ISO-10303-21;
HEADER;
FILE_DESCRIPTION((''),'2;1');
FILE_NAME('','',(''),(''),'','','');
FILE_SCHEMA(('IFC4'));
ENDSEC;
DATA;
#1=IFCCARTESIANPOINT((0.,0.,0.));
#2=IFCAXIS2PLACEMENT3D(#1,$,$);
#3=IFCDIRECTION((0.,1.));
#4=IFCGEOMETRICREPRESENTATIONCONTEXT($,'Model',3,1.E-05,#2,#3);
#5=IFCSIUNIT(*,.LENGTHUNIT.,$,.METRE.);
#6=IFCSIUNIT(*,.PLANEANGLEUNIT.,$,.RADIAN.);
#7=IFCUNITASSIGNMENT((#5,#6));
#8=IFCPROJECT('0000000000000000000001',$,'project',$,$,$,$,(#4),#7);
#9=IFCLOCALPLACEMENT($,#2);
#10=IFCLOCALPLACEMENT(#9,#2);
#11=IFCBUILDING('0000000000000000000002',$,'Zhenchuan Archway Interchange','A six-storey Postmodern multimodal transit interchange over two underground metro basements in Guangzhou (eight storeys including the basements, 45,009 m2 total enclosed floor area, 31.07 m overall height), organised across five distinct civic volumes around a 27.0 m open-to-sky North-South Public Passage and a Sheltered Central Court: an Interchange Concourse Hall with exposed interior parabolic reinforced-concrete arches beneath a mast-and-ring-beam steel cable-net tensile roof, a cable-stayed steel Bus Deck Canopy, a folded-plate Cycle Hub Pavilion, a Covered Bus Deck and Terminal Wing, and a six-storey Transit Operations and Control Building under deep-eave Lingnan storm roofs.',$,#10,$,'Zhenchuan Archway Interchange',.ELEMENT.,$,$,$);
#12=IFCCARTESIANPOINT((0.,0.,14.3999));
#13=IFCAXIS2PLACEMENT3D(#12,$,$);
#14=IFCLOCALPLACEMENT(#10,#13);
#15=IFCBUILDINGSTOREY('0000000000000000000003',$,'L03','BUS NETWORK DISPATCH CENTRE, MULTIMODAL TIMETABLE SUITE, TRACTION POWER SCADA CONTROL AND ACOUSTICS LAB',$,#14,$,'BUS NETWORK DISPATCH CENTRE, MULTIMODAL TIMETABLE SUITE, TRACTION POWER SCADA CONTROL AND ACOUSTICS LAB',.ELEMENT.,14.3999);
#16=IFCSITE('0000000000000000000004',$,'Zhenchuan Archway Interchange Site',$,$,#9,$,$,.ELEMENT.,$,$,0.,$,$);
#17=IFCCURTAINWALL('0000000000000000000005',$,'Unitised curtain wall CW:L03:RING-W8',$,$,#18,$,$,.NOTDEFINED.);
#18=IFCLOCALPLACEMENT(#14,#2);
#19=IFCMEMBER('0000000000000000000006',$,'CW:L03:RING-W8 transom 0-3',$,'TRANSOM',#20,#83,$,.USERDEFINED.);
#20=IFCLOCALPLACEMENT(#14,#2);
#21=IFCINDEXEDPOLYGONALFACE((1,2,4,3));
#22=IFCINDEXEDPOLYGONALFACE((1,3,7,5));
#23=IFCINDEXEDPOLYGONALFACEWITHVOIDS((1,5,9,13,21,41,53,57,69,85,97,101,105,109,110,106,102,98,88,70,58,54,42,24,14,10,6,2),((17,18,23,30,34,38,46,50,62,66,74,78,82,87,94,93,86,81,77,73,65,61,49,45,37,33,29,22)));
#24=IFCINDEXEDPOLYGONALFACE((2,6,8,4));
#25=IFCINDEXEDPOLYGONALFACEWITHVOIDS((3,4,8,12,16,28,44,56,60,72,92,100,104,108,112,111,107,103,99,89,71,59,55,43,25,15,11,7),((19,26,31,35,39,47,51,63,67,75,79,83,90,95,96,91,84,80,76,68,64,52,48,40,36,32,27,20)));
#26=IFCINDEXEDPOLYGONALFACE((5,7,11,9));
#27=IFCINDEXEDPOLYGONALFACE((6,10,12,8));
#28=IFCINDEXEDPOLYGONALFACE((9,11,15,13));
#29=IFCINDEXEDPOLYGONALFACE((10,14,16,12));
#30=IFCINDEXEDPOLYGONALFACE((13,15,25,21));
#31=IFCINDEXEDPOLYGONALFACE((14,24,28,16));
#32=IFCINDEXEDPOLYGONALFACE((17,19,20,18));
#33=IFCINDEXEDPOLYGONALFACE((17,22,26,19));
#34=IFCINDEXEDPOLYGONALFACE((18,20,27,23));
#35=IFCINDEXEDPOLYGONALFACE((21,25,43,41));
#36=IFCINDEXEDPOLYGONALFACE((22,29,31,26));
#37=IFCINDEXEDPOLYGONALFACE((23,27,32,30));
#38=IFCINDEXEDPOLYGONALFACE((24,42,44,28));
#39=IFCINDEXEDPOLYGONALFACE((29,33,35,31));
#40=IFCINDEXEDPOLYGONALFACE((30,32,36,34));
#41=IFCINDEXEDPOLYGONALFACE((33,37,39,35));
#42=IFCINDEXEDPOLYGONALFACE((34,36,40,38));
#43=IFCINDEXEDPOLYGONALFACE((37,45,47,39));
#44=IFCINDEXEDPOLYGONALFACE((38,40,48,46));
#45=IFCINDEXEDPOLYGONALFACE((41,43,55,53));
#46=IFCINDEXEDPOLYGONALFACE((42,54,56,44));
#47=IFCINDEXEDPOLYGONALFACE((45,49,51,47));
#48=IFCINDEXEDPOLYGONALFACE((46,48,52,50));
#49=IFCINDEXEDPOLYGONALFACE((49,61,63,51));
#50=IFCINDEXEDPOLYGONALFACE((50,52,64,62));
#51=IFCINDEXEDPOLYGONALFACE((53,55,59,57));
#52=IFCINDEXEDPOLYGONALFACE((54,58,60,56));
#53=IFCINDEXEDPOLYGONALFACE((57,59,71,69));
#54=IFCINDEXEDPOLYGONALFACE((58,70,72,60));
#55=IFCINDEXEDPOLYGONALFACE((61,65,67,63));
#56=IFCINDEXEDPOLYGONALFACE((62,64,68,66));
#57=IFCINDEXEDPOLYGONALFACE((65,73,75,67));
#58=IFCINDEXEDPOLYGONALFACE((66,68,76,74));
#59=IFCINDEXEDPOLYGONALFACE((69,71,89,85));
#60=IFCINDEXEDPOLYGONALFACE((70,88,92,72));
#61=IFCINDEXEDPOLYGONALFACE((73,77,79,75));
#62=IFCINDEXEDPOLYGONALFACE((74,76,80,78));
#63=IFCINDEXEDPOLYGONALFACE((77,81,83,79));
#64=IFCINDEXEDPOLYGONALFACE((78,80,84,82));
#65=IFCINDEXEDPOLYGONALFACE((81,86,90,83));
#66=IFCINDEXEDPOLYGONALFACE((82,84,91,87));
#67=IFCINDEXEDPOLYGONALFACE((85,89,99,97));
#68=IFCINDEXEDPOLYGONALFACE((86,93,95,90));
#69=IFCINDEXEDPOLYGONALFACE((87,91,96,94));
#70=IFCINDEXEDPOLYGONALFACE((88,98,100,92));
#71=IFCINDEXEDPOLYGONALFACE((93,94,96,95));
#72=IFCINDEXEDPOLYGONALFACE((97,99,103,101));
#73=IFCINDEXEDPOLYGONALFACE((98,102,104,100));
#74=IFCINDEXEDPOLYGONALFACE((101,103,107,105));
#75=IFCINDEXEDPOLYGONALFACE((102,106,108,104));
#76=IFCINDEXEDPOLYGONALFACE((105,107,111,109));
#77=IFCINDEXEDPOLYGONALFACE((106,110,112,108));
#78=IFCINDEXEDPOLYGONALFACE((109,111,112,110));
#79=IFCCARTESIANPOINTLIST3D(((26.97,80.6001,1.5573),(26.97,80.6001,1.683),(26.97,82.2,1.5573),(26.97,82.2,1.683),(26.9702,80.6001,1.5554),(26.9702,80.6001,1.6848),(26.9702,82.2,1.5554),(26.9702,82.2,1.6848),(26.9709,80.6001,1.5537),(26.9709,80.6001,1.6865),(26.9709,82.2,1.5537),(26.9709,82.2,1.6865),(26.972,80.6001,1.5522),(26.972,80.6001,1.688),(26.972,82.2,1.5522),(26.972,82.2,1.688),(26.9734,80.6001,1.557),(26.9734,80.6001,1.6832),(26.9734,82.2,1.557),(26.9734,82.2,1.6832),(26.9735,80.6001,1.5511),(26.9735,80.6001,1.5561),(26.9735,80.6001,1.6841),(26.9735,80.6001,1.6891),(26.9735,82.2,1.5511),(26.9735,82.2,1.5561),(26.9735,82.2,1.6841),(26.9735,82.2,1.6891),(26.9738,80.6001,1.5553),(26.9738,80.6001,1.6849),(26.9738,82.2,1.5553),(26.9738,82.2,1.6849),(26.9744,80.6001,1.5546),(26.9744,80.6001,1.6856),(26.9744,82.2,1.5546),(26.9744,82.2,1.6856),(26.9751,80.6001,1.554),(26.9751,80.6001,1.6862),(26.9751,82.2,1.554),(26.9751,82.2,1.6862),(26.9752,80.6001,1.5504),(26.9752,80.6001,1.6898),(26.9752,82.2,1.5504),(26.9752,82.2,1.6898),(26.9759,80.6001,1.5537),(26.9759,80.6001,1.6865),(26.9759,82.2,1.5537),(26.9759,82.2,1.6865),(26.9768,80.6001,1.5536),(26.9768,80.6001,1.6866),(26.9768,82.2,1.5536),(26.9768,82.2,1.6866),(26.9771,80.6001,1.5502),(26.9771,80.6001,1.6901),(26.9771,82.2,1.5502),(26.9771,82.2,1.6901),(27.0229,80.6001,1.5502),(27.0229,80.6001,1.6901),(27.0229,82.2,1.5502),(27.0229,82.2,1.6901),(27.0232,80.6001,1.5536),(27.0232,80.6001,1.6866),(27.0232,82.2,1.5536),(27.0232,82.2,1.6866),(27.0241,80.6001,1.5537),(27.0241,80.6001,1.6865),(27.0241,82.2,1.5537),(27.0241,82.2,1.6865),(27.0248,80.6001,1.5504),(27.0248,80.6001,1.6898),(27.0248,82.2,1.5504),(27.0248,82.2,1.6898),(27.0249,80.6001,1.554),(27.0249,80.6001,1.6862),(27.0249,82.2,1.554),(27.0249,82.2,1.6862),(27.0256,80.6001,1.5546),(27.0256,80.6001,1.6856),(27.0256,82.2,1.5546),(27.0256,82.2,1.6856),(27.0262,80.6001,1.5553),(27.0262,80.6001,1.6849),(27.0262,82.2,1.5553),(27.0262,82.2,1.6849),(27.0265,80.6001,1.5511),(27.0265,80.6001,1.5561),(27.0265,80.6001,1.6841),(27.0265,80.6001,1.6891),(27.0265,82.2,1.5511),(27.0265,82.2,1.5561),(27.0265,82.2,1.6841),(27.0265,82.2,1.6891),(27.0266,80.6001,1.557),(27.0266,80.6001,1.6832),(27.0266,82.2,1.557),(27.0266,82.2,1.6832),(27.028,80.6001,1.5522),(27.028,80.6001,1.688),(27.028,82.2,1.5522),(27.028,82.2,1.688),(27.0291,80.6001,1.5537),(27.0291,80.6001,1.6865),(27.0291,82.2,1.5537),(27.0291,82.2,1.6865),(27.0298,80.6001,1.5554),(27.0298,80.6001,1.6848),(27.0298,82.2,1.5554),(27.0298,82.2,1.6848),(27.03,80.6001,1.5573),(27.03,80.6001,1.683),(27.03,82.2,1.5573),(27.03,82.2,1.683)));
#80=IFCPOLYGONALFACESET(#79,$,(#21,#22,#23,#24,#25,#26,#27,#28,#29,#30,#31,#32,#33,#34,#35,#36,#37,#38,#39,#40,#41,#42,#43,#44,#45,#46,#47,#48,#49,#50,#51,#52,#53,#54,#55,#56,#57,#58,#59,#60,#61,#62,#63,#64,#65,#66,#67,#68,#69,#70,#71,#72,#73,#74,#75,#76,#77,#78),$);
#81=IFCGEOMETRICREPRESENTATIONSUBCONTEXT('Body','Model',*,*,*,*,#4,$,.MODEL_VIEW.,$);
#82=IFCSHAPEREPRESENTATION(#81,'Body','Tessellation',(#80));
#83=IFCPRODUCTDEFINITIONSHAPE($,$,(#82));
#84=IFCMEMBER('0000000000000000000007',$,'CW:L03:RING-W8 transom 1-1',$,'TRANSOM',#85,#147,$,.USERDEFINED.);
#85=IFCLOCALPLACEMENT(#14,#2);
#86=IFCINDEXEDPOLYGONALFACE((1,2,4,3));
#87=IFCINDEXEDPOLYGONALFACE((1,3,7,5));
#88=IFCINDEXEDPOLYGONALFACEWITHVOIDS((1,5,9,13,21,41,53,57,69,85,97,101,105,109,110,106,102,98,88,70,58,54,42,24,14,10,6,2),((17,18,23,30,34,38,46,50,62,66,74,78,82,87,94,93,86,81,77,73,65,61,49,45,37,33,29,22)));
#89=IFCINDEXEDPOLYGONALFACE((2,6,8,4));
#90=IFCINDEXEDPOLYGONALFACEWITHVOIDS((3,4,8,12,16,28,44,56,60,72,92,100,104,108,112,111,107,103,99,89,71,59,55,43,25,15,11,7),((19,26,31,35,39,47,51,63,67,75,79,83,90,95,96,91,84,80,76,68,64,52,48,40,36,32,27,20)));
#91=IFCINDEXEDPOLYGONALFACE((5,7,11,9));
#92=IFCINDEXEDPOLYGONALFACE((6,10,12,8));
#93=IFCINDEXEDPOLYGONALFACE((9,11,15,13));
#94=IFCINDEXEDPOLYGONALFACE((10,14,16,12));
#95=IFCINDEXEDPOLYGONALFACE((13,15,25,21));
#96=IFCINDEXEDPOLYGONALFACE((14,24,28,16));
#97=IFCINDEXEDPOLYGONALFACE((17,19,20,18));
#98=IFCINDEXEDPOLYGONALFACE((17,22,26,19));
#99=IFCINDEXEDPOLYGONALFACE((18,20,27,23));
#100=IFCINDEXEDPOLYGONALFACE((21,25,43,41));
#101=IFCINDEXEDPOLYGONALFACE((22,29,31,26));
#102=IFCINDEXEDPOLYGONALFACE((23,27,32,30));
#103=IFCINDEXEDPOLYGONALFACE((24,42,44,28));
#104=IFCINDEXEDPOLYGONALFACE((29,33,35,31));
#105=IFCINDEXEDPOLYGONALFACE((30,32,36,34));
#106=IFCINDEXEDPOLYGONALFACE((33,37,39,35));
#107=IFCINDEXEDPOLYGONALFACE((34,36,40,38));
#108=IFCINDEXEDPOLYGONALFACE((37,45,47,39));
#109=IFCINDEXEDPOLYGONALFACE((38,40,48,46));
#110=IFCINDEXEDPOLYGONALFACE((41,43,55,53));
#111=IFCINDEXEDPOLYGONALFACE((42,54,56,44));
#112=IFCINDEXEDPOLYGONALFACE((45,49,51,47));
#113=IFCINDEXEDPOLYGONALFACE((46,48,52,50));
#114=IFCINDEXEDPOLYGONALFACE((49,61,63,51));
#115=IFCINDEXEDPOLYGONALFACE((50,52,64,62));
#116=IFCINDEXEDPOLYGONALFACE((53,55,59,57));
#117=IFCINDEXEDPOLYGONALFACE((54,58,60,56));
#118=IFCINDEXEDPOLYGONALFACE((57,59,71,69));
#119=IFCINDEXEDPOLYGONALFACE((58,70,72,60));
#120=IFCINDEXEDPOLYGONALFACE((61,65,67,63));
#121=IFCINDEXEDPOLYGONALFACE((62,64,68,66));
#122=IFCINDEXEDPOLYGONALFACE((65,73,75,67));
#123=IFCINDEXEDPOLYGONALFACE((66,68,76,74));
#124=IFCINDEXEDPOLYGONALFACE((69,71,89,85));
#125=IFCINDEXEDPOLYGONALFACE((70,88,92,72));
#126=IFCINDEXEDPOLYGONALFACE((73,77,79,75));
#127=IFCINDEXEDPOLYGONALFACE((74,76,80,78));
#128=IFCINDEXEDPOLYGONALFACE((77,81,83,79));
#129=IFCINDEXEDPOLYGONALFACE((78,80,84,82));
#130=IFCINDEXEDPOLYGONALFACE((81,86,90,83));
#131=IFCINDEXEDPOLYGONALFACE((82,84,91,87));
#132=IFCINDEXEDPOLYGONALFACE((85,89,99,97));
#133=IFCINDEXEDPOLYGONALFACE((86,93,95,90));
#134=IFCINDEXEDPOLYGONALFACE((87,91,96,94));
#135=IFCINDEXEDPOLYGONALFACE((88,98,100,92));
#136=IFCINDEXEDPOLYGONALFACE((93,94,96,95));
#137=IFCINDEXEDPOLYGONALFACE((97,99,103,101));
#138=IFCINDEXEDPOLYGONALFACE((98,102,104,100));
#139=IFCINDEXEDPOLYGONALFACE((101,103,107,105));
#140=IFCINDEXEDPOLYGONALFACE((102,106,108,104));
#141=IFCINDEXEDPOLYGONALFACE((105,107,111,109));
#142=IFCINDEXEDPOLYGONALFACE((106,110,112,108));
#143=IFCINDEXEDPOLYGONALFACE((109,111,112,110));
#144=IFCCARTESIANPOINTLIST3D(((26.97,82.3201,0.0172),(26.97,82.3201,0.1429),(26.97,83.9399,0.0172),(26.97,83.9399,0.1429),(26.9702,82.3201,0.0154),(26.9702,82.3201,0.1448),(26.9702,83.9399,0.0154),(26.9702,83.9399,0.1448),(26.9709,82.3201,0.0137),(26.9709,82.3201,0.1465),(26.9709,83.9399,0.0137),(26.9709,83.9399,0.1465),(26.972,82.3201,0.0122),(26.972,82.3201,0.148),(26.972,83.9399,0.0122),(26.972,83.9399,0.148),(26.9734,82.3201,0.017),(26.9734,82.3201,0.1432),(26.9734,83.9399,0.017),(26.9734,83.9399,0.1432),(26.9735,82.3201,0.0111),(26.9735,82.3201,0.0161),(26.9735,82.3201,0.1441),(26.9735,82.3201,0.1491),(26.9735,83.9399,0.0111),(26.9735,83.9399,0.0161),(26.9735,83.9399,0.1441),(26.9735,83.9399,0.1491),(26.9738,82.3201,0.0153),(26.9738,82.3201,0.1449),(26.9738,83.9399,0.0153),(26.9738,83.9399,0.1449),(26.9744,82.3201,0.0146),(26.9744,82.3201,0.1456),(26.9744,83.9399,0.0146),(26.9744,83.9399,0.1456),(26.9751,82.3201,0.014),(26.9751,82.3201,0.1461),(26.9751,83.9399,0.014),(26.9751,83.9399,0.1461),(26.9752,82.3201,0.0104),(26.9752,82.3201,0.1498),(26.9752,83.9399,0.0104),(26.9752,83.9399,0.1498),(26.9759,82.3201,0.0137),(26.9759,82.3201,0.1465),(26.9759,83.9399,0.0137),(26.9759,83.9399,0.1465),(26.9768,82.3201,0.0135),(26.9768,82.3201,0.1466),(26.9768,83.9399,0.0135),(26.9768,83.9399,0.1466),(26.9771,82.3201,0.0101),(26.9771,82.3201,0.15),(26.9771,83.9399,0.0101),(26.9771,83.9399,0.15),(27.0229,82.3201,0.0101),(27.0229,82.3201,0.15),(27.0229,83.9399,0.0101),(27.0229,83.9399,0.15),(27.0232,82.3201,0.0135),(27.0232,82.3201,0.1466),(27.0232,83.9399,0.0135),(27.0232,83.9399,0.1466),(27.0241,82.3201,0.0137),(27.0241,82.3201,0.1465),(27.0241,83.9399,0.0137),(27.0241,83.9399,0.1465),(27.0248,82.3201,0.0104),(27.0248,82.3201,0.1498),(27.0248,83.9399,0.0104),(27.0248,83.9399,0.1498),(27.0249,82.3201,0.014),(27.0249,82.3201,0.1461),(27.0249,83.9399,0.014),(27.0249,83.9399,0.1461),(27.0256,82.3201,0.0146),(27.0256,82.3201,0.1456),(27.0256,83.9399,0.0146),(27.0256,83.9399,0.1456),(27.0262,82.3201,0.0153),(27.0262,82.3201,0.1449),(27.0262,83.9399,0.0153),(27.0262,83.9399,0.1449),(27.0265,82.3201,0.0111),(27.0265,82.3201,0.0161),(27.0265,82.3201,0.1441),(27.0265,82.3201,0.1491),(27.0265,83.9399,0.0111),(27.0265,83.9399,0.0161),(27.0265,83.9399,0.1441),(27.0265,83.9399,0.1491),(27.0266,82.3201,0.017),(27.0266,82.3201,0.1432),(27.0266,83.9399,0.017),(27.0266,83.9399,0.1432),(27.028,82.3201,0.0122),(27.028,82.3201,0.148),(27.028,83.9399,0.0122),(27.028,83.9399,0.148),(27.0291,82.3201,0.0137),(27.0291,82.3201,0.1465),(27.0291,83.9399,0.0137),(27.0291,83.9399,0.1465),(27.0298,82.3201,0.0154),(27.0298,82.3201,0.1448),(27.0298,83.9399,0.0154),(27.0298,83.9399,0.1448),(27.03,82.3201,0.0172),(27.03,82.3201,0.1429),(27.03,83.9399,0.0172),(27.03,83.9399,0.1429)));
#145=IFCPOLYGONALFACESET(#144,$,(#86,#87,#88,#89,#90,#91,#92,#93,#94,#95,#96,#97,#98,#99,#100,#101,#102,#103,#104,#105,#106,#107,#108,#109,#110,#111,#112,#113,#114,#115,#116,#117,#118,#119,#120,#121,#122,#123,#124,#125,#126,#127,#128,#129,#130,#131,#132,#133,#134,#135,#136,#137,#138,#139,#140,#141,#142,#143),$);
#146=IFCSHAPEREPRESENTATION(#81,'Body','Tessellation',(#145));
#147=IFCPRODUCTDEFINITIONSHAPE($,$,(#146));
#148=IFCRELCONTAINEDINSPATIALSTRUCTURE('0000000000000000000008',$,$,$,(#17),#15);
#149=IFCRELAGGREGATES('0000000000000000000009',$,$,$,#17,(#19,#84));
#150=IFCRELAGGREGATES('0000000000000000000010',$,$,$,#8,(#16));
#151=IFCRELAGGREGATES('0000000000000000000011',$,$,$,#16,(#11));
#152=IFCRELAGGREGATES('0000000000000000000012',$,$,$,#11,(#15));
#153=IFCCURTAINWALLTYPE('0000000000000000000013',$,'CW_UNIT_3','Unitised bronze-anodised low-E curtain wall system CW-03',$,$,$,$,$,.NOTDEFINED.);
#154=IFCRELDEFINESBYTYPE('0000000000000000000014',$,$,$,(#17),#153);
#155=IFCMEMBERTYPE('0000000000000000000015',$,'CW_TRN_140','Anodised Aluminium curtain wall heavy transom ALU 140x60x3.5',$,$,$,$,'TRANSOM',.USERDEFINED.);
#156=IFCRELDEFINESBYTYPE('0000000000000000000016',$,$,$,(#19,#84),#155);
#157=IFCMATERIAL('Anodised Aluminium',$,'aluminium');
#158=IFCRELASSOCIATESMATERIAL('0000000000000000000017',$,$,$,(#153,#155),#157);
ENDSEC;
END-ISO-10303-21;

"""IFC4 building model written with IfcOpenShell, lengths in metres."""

from ifc_helpers import new_model, si_unit, direction, frame, origin, origin_2d, place, context, subcontext, project, spatial, hollow_rectangle, extrude, material, material_profile, profile_set, type_object, element, aggregate, save


model = new_model("IFC4")

# Units and contexts
model_context = context("Model", 3, precision=1e-05, world=origin(), true_north=direction((0.0, 1.0)))
body_context = subcontext(model_context, "Body", "Model", "MODEL_VIEW")
ifc_project = project(units=[si_unit("LENGTHUNIT", "METRE"), si_unit("PLANEANGLEUNIT", "RADIAN")], contexts=[model_context])

# Site, building, storey
site_placement = place(None, origin())
site = spatial("IfcSite", under=ifc_project, at=site_placement, Name="Zhenchuan Archway Interchange Site", CompositionType="ELEMENT", RefElevation=0.0)
building_placement = place(site_placement, origin())
building = spatial("IfcBuilding", under=site, at=building_placement, Name="Zhenchuan Archway Interchange", Description="A six-storey Postmodern multimodal transit interchange over two underground metro basements in Guangzhou (eight storeys including the basements, 45,009 m2 total enclosed floor area, 31.07 m overall height), organised across five distinct civic volumes around a 27.0 m open-to-sky North-South Public Passage and a Sheltered Central Court: an Interchange Concourse Hall with exposed interior parabolic reinforced-concrete arches beneath a mast-and-ring-beam steel cable-net tensile roof, a cable-stayed steel Bus Deck Canopy, a folded-plate Cycle Hub Pavilion, a Covered Bus Deck and Terminal Wing, and a six-storey Transit Operations and Control Building under deep-eave Lingnan storm roofs.", LongName="Zhenchuan Archway Interchange", CompositionType="ELEMENT")
storey_placement = place(building_placement, frame((0.0, 0.0, 14.3999)))
storey = spatial("IfcBuildingStorey", under=building, at=storey_placement, Name="L03", Description="BUS NETWORK DISPATCH CENTRE, MULTIMODAL TIMETABLE SUITE, TRACTION POWER SCADA CONTROL AND ACOUSTICS LAB", LongName="BUS NETWORK DISPATCH CENTRE, MULTIMODAL TIMETABLE SUITE, TRACTION POWER SCADA CONTROL AND ACOUSTICS LAB", CompositionType="ELEMENT", Elevation=14.3999)

# Curtain wall, members
ifc_material_1 = material(Name="Anodised Aluminium", Category="aluminium")
curtain_wall_type = type_object("IfcCurtainWallType", Name="CW_UNIT_3", Description="Unitised bronze-anodised low-E curtain wall system CW-03", PredefinedType="NOTDEFINED", material=ifc_material_1)
curtain_wall_placement = place(storey_placement, origin())
curtain_wall = element("IfcCurtainWall", 1, at=curtain_wall_placement, inside=storey, type_object=curtain_wall_type, Name="Unitised curtain wall CW:L03:RING-W8", PredefinedType="NOTDEFINED")
ifc_material_profile_1 = material_profile(ifc_material_1, hollow_rectangle(XDim=0.0601, YDim=0.1399, WallThickness=0.0034, InnerFilletRadius=0.0034, OuterFilletRadius=0.0071, at=origin_2d()), Name="ALU 140x60x3.5")
ifc_profile_set_1 = profile_set([ifc_material_profile_1], Name="Anodised Aluminium")
member_type_1 = type_object("IfcMemberType", Name="CW_TRN_140", Description="Anodised Aluminium curtain wall heavy transom ALU 140x60x3.5", ElementType="TRANSOM", PredefinedType="USERDEFINED", material=ifc_profile_set_1)
member_1_placement = place(storey_placement, frame((27.0, 80.6001, 1.6201), z_axis=(0.0, 1.0, 0.0), x_axis=(-1.0, 0.0, 0.0)))
member_1 = element("IfcMember", 2, at=member_1_placement, type_object=member_type_1, Name="CW:L03:RING-W8 transom 0-3", ObjectType="TRANSOM", PredefinedType="USERDEFINED", context=body_context, shape_type="SweptSolid", body=[
    extrude(hollow_rectangle(XDim=0.0601, YDim=0.1399, WallThickness=0.0034, InnerFilletRadius=0.0034, OuterFilletRadius=0.0071, at=origin_2d()), origin(), (0.0, 0.0, 1.0), 1.5999),
])
member_2_placement = place(storey_placement, frame((27.0, 82.3201, 0.0801), z_axis=(0.0, 1.0, 0.0), x_axis=(-1.0, 0.0, 0.0)))
member_2 = element("IfcMember", 3, at=member_2_placement, type_object=member_type_1, Name="CW:L03:RING-W8 transom 1-1", ObjectType="TRANSOM", PredefinedType="USERDEFINED", context=body_context, shape_type="SweptSolid", body=[
    extrude(hollow_rectangle(XDim=0.0601, YDim=0.1399, WallThickness=0.0034, InnerFilletRadius=0.0034, OuterFilletRadius=0.0071, at=origin_2d()), origin(), (0.0, 0.0, 1.0), 1.6199),
])

aggregate(curtain_wall, [member_1, member_2])

save(model, "model.ifc")
